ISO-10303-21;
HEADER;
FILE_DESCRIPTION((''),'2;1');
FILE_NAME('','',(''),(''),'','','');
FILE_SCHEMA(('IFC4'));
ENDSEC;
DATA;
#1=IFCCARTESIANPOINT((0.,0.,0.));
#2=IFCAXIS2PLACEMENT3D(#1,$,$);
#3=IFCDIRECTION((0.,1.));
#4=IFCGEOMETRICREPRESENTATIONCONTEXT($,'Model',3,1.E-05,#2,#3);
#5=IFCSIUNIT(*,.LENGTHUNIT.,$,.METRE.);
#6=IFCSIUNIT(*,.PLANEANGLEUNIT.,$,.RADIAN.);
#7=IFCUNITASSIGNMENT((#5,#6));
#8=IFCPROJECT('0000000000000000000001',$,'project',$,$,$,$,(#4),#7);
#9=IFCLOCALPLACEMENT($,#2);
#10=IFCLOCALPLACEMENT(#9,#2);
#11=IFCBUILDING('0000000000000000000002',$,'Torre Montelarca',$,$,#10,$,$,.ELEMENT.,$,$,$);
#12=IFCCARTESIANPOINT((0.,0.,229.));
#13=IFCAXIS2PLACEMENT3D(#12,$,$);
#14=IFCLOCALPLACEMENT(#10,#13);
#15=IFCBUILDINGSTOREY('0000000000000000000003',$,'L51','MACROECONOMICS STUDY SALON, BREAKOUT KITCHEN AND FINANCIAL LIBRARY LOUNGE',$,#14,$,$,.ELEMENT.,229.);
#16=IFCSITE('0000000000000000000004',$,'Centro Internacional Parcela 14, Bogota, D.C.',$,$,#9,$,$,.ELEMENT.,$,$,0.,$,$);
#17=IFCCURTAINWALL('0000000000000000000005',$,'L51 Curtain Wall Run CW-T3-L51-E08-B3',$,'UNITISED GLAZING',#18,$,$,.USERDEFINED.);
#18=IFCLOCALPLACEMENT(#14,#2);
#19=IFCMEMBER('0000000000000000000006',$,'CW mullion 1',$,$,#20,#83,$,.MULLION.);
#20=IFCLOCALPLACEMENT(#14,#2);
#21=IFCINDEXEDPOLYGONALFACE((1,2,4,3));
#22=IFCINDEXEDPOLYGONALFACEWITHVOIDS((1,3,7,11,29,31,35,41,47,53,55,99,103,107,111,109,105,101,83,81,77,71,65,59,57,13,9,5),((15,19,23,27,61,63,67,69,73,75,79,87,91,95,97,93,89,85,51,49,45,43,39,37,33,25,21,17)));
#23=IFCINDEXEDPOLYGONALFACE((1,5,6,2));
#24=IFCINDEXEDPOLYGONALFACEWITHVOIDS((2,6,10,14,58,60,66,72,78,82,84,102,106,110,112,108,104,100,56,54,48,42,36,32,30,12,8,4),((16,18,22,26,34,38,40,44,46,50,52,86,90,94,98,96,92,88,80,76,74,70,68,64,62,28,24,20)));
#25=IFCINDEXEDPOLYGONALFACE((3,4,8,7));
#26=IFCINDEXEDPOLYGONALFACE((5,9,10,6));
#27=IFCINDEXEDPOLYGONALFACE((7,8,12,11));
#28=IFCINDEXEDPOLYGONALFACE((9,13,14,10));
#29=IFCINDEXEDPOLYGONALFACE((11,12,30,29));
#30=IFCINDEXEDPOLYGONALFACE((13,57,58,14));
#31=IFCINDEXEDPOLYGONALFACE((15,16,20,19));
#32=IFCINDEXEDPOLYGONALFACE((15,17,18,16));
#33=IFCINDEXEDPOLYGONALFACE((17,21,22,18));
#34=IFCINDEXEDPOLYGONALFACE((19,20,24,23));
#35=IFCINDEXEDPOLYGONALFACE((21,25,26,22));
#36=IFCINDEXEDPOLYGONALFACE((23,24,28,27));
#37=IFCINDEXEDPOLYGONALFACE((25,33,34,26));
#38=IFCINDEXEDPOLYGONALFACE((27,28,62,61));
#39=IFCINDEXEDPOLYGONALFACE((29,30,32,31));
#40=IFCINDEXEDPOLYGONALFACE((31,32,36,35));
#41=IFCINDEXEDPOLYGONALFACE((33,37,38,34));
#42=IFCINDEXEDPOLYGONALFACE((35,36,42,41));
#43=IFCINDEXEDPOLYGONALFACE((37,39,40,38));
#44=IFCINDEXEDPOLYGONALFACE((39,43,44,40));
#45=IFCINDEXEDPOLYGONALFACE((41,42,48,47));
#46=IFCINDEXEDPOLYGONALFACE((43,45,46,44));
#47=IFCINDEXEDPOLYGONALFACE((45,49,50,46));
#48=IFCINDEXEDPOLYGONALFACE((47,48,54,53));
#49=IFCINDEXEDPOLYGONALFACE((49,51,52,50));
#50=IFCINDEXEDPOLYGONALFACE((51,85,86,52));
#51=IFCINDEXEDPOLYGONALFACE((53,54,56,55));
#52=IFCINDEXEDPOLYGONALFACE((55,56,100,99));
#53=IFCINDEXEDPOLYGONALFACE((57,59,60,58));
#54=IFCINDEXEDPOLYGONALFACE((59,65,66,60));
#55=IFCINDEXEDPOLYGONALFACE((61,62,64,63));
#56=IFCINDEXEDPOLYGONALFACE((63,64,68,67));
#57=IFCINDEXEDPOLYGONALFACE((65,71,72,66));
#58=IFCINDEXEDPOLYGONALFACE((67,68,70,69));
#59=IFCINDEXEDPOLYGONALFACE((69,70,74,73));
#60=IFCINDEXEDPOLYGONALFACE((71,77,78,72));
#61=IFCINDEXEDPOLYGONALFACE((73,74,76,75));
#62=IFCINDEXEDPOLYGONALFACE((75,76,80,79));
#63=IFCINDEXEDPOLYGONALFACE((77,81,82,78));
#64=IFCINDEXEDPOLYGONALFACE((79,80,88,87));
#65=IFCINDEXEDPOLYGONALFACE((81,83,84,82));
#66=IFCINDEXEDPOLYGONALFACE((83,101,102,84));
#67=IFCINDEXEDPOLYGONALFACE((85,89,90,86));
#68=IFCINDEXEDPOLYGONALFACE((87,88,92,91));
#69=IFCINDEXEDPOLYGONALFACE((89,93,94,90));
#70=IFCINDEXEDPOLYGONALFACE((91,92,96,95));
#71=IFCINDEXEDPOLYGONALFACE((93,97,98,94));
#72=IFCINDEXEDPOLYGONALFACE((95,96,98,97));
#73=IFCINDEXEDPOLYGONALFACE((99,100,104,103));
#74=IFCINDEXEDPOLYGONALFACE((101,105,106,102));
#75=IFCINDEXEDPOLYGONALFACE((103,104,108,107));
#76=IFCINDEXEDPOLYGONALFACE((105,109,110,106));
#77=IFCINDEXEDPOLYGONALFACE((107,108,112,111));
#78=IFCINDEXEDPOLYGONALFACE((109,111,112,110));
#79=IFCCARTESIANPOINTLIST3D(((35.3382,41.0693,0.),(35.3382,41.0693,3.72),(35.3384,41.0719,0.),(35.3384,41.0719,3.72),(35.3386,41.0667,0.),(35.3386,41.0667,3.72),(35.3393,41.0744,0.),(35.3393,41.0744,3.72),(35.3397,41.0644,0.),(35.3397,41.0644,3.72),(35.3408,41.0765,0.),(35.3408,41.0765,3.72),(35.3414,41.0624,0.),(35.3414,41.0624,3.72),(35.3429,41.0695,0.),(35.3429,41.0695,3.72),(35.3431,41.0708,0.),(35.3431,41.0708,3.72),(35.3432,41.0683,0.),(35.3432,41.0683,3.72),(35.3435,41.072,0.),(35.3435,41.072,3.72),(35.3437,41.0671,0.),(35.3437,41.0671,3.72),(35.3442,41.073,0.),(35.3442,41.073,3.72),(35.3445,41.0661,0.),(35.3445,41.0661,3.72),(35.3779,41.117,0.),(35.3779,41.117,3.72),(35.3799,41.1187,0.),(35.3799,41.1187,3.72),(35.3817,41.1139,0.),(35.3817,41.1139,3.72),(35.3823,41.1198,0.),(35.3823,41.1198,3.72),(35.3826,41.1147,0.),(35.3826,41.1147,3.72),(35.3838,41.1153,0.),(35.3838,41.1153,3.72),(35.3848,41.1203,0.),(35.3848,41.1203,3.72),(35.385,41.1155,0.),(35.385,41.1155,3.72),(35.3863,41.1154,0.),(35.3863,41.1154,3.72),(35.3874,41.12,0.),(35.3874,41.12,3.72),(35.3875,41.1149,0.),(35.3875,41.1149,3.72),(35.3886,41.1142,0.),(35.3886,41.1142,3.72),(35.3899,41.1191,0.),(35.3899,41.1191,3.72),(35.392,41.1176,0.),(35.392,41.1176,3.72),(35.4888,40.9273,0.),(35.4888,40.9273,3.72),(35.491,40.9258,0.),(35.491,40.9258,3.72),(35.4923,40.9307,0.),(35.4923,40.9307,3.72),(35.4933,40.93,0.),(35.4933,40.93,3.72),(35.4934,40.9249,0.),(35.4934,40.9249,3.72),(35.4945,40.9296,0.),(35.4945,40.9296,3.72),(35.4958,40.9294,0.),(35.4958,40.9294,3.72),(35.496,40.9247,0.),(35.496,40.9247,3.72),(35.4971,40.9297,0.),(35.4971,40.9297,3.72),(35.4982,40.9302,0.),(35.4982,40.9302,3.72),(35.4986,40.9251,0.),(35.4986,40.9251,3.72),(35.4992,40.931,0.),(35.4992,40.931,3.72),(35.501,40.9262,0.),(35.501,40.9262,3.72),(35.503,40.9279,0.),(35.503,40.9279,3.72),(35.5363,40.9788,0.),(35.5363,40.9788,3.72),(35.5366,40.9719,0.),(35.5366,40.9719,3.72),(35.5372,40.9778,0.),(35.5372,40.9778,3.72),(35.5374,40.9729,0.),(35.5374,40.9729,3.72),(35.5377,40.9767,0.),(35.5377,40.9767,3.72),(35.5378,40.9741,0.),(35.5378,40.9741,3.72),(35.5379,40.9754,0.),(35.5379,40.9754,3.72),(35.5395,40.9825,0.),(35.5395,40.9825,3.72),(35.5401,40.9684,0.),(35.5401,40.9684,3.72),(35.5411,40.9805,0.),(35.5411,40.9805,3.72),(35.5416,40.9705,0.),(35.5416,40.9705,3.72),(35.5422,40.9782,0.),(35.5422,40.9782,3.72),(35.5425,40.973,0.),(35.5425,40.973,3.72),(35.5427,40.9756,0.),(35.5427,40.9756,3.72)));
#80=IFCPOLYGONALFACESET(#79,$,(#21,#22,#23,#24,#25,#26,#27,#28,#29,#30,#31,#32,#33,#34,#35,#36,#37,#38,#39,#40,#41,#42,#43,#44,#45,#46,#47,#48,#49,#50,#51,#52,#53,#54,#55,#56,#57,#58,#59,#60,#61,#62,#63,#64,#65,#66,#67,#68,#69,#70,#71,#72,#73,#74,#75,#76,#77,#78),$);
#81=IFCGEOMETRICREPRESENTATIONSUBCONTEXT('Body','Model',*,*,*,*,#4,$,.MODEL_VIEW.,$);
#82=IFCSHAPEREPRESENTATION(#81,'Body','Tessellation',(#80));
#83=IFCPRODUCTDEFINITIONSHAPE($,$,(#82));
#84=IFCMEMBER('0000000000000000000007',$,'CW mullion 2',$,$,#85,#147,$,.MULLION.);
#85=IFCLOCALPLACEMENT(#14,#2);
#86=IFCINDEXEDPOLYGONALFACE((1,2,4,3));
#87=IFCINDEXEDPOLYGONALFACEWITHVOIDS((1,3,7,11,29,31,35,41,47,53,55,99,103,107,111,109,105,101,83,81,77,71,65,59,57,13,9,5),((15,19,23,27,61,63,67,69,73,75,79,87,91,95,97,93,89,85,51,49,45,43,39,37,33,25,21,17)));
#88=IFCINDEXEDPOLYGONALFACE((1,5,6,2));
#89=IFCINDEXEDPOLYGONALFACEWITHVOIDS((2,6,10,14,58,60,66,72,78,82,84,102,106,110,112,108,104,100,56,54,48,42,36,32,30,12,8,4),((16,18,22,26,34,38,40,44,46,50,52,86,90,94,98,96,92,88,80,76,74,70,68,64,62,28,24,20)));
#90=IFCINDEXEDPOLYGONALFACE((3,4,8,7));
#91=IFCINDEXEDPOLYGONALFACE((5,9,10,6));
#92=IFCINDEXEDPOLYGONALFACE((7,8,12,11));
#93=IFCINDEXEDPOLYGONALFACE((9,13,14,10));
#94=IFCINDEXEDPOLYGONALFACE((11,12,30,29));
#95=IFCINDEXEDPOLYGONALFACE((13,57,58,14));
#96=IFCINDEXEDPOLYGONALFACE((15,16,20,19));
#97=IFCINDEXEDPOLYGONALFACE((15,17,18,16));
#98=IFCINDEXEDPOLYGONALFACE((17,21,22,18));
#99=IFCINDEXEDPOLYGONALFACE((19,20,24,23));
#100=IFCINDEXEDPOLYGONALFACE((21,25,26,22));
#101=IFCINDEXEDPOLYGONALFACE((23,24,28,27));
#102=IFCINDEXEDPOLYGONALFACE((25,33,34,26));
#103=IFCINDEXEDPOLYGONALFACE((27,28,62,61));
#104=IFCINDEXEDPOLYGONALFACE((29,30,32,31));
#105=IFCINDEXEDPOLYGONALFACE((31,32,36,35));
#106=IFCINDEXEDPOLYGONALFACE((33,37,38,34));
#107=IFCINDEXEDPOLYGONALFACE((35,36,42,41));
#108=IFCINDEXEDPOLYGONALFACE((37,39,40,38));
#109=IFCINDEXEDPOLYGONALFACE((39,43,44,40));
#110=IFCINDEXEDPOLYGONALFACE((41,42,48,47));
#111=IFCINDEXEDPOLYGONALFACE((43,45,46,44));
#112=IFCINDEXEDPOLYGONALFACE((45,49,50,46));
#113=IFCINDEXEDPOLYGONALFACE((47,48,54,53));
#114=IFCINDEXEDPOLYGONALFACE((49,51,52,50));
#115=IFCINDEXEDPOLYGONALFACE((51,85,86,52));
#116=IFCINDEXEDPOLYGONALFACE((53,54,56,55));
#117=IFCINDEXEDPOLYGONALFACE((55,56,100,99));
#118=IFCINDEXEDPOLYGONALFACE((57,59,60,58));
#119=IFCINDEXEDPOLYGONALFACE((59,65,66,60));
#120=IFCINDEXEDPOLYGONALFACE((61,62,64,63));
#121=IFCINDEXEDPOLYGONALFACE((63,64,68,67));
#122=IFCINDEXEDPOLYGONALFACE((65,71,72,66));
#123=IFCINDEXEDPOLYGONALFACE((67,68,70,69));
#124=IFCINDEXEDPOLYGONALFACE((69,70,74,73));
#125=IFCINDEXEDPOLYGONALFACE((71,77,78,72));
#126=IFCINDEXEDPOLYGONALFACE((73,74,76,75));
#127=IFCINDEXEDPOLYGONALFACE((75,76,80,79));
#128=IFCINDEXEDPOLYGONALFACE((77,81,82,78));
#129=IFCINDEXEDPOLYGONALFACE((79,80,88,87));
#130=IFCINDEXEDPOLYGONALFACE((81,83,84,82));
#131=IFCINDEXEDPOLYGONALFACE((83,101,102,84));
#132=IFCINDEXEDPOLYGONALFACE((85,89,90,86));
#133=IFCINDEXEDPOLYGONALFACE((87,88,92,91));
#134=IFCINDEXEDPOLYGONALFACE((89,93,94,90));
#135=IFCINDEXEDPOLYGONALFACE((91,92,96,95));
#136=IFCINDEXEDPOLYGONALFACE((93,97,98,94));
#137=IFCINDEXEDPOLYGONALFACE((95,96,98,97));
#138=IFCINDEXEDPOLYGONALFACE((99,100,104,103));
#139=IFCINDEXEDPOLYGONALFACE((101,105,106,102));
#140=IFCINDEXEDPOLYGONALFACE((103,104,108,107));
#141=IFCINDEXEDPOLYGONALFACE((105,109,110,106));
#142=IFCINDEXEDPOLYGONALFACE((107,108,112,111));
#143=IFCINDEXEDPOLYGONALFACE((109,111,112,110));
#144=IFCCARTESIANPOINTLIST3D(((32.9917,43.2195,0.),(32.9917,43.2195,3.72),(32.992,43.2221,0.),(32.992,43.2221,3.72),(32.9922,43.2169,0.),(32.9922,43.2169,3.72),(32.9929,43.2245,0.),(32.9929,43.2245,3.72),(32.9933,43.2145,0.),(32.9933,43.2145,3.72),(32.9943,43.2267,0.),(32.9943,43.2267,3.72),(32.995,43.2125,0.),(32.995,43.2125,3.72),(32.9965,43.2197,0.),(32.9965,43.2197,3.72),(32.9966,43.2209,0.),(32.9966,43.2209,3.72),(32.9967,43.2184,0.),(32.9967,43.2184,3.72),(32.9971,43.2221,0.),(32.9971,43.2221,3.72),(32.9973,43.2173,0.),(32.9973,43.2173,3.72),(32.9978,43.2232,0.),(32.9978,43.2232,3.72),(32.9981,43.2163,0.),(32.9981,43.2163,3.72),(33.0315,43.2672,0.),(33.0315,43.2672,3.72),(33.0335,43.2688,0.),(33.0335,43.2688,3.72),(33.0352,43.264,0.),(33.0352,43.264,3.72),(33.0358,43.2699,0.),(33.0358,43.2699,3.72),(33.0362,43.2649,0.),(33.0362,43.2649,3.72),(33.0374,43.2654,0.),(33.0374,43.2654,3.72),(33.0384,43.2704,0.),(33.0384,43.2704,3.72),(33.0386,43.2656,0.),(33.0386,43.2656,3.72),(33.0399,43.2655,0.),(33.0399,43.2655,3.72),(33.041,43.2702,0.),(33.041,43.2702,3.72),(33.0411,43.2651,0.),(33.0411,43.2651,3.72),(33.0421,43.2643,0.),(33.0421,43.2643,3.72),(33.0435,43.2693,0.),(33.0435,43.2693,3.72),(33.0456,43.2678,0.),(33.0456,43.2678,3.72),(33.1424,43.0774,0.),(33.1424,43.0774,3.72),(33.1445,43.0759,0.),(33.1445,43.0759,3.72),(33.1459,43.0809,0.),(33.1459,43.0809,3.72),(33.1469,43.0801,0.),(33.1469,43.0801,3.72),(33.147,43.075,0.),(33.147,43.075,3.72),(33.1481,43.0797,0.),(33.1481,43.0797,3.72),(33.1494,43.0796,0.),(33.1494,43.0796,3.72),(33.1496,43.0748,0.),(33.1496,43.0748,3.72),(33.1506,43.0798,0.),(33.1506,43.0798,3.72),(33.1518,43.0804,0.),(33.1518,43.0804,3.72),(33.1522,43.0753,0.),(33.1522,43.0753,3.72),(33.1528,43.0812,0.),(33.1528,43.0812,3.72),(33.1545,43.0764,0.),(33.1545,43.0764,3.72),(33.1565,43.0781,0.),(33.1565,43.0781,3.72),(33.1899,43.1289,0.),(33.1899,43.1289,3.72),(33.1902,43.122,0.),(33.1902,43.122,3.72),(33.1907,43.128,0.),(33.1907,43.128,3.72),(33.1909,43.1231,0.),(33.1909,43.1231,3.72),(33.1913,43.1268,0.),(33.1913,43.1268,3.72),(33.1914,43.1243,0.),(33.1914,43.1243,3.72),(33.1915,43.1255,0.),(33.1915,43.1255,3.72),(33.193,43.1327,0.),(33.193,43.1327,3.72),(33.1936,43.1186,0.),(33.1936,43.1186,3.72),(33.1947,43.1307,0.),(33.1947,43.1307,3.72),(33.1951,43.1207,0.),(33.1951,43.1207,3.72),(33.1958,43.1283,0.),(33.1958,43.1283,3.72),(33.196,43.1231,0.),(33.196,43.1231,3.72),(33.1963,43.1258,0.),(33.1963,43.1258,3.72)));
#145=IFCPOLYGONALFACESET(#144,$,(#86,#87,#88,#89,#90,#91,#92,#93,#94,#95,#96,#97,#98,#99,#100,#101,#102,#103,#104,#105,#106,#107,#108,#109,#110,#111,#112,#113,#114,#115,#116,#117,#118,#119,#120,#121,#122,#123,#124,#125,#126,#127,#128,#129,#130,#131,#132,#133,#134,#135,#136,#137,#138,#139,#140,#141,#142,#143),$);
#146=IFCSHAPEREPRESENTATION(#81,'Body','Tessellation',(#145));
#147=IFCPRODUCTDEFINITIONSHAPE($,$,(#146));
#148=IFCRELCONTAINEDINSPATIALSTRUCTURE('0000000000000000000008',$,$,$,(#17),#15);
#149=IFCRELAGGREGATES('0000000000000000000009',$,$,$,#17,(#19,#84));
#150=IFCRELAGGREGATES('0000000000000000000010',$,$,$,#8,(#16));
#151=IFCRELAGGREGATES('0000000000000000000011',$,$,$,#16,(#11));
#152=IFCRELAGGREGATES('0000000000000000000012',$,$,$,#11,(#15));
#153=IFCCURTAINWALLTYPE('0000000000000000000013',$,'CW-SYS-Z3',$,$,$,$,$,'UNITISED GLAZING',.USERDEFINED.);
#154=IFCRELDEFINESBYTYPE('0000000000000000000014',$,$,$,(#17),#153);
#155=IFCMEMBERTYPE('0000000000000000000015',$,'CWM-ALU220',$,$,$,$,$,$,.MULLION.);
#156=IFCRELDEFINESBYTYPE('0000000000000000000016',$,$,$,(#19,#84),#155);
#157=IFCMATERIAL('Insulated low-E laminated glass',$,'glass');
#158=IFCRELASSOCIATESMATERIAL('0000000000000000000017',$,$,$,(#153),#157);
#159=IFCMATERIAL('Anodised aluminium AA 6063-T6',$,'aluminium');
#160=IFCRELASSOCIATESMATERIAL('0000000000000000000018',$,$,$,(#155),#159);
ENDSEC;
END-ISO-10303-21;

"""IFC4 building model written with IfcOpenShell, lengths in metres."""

from ifc_helpers import new_model, si_unit, direction, frame, origin, origin_2d, place, context, subcontext, project, spatial, hollow_rectangle, extrude, source, transform, mapped, material, material_profile, profile_set, type_object, element, aggregate, save


model = new_model("IFC4")

# Units and contexts
model_context = context("Model", 3, precision=1e-05, world=origin(), true_north=direction((0.0, 1.0)))
body_context = subcontext(model_context, "Body", "Model", "MODEL_VIEW")
ifc_project = project(units=[si_unit("LENGTHUNIT", "METRE"), si_unit("PLANEANGLEUNIT", "RADIAN")], contexts=[model_context])

# Site, building, storey
site_placement = place(None, origin())
site = spatial("IfcSite", under=ifc_project, at=site_placement, Name="Centro Internacional Parcela 14, Bogota, D.C.", CompositionType="ELEMENT", RefElevation=0.0)
building_placement = place(site_placement, origin())
building = spatial("IfcBuilding", under=site, at=building_placement, Name="Torre Montelarca", CompositionType="ELEMENT")
storey_placement = place(building_placement, frame((0.0, 0.0, 229.0)))
storey = spatial("IfcBuildingStorey", under=building, at=storey_placement, Name="L51", Description="MACROECONOMICS STUDY SALON, BREAKOUT KITCHEN AND FINANCIAL LIBRARY LOUNGE", CompositionType="ELEMENT", Elevation=229.0)

# Curtain wall, members
ifc_material_1 = material(Name="Insulated low-E laminated glass", Category="glass")
curtain_wall_type = type_object("IfcCurtainWallType", Name="CW-SYS-Z3", ElementType="UNITISED GLAZING", PredefinedType="USERDEFINED", material=ifc_material_1)
ifc_material_2 = material(Name="Anodised aluminium AA 6063-T6", Category="aluminium")
ifc_material_profile_1 = material_profile(ifc_material_2, hollow_rectangle(XDim=0.075, YDim=0.22, WallThickness=0.0049, InnerFilletRadius=0.0049, OuterFilletRadius=0.01, at=origin_2d()), Name="ALU75X220X5", Category="aluminium")
ifc_profile_set_1 = profile_set([ifc_material_profile_1], Name="Anodised aluminium AA 6063-T6")
member_type_1 = type_object("IfcMemberType", Name="CWM-ALU220", PredefinedType="MULLION", material=ifc_profile_set_1)
shared_shape_1 = source(origin(), body_context, "Body", "SweptSolid", [
    extrude(hollow_rectangle(XDim=0.075, YDim=0.22, WallThickness=0.0049, InnerFilletRadius=0.0049, OuterFilletRadius=0.01, at=origin_2d()), origin(), (0.0, 0.0, 1.0), 3.72),
])
curtain_wall_1_placement = place(storey_placement, origin())
curtain_wall_1 = element("IfcCurtainWall", 1, at=curtain_wall_1_placement, inside=storey, type_object=curtain_wall_type, Name="L51 Curtain Wall Run CW-T3-L51-E08-B3", ObjectType="UNITISED GLAZING", PredefinedType="USERDEFINED")
member_1_placement = place(storey_placement, frame((35.4404, 41.0225, 0.0), z_axis=(0.0, 0.0, 1.0), x_axis=(-0.675595, -0.737273, 0.0)))
member_1 = element("IfcMember", 2, at=member_1_placement, type_object=member_type_1, Name="CW mullion 1", PredefinedType="MULLION", context=body_context, shape_type="MappedRepresentation", body=[
    mapped(shared_shape_1, transform((0.0, 0.0, 0.0), scale=1.0)),
])
member_2_placement = place(storey_placement, frame((33.094, 43.1726, 0.0), z_axis=(0.0, 0.0, 1.0), x_axis=(-0.675595, -0.737273, 0.0)))
member_2 = element("IfcMember", 3, at=member_2_placement, type_object=member_type_1, Name="CW mullion 2", PredefinedType="MULLION", context=body_context, shape_type="MappedRepresentation", body=[
    mapped(shared_shape_1, transform((0.0, 0.0, 0.0), scale=1.0)),
])

aggregate(curtain_wall_1, [member_1, member_2])

save(model, "model.ifc")
